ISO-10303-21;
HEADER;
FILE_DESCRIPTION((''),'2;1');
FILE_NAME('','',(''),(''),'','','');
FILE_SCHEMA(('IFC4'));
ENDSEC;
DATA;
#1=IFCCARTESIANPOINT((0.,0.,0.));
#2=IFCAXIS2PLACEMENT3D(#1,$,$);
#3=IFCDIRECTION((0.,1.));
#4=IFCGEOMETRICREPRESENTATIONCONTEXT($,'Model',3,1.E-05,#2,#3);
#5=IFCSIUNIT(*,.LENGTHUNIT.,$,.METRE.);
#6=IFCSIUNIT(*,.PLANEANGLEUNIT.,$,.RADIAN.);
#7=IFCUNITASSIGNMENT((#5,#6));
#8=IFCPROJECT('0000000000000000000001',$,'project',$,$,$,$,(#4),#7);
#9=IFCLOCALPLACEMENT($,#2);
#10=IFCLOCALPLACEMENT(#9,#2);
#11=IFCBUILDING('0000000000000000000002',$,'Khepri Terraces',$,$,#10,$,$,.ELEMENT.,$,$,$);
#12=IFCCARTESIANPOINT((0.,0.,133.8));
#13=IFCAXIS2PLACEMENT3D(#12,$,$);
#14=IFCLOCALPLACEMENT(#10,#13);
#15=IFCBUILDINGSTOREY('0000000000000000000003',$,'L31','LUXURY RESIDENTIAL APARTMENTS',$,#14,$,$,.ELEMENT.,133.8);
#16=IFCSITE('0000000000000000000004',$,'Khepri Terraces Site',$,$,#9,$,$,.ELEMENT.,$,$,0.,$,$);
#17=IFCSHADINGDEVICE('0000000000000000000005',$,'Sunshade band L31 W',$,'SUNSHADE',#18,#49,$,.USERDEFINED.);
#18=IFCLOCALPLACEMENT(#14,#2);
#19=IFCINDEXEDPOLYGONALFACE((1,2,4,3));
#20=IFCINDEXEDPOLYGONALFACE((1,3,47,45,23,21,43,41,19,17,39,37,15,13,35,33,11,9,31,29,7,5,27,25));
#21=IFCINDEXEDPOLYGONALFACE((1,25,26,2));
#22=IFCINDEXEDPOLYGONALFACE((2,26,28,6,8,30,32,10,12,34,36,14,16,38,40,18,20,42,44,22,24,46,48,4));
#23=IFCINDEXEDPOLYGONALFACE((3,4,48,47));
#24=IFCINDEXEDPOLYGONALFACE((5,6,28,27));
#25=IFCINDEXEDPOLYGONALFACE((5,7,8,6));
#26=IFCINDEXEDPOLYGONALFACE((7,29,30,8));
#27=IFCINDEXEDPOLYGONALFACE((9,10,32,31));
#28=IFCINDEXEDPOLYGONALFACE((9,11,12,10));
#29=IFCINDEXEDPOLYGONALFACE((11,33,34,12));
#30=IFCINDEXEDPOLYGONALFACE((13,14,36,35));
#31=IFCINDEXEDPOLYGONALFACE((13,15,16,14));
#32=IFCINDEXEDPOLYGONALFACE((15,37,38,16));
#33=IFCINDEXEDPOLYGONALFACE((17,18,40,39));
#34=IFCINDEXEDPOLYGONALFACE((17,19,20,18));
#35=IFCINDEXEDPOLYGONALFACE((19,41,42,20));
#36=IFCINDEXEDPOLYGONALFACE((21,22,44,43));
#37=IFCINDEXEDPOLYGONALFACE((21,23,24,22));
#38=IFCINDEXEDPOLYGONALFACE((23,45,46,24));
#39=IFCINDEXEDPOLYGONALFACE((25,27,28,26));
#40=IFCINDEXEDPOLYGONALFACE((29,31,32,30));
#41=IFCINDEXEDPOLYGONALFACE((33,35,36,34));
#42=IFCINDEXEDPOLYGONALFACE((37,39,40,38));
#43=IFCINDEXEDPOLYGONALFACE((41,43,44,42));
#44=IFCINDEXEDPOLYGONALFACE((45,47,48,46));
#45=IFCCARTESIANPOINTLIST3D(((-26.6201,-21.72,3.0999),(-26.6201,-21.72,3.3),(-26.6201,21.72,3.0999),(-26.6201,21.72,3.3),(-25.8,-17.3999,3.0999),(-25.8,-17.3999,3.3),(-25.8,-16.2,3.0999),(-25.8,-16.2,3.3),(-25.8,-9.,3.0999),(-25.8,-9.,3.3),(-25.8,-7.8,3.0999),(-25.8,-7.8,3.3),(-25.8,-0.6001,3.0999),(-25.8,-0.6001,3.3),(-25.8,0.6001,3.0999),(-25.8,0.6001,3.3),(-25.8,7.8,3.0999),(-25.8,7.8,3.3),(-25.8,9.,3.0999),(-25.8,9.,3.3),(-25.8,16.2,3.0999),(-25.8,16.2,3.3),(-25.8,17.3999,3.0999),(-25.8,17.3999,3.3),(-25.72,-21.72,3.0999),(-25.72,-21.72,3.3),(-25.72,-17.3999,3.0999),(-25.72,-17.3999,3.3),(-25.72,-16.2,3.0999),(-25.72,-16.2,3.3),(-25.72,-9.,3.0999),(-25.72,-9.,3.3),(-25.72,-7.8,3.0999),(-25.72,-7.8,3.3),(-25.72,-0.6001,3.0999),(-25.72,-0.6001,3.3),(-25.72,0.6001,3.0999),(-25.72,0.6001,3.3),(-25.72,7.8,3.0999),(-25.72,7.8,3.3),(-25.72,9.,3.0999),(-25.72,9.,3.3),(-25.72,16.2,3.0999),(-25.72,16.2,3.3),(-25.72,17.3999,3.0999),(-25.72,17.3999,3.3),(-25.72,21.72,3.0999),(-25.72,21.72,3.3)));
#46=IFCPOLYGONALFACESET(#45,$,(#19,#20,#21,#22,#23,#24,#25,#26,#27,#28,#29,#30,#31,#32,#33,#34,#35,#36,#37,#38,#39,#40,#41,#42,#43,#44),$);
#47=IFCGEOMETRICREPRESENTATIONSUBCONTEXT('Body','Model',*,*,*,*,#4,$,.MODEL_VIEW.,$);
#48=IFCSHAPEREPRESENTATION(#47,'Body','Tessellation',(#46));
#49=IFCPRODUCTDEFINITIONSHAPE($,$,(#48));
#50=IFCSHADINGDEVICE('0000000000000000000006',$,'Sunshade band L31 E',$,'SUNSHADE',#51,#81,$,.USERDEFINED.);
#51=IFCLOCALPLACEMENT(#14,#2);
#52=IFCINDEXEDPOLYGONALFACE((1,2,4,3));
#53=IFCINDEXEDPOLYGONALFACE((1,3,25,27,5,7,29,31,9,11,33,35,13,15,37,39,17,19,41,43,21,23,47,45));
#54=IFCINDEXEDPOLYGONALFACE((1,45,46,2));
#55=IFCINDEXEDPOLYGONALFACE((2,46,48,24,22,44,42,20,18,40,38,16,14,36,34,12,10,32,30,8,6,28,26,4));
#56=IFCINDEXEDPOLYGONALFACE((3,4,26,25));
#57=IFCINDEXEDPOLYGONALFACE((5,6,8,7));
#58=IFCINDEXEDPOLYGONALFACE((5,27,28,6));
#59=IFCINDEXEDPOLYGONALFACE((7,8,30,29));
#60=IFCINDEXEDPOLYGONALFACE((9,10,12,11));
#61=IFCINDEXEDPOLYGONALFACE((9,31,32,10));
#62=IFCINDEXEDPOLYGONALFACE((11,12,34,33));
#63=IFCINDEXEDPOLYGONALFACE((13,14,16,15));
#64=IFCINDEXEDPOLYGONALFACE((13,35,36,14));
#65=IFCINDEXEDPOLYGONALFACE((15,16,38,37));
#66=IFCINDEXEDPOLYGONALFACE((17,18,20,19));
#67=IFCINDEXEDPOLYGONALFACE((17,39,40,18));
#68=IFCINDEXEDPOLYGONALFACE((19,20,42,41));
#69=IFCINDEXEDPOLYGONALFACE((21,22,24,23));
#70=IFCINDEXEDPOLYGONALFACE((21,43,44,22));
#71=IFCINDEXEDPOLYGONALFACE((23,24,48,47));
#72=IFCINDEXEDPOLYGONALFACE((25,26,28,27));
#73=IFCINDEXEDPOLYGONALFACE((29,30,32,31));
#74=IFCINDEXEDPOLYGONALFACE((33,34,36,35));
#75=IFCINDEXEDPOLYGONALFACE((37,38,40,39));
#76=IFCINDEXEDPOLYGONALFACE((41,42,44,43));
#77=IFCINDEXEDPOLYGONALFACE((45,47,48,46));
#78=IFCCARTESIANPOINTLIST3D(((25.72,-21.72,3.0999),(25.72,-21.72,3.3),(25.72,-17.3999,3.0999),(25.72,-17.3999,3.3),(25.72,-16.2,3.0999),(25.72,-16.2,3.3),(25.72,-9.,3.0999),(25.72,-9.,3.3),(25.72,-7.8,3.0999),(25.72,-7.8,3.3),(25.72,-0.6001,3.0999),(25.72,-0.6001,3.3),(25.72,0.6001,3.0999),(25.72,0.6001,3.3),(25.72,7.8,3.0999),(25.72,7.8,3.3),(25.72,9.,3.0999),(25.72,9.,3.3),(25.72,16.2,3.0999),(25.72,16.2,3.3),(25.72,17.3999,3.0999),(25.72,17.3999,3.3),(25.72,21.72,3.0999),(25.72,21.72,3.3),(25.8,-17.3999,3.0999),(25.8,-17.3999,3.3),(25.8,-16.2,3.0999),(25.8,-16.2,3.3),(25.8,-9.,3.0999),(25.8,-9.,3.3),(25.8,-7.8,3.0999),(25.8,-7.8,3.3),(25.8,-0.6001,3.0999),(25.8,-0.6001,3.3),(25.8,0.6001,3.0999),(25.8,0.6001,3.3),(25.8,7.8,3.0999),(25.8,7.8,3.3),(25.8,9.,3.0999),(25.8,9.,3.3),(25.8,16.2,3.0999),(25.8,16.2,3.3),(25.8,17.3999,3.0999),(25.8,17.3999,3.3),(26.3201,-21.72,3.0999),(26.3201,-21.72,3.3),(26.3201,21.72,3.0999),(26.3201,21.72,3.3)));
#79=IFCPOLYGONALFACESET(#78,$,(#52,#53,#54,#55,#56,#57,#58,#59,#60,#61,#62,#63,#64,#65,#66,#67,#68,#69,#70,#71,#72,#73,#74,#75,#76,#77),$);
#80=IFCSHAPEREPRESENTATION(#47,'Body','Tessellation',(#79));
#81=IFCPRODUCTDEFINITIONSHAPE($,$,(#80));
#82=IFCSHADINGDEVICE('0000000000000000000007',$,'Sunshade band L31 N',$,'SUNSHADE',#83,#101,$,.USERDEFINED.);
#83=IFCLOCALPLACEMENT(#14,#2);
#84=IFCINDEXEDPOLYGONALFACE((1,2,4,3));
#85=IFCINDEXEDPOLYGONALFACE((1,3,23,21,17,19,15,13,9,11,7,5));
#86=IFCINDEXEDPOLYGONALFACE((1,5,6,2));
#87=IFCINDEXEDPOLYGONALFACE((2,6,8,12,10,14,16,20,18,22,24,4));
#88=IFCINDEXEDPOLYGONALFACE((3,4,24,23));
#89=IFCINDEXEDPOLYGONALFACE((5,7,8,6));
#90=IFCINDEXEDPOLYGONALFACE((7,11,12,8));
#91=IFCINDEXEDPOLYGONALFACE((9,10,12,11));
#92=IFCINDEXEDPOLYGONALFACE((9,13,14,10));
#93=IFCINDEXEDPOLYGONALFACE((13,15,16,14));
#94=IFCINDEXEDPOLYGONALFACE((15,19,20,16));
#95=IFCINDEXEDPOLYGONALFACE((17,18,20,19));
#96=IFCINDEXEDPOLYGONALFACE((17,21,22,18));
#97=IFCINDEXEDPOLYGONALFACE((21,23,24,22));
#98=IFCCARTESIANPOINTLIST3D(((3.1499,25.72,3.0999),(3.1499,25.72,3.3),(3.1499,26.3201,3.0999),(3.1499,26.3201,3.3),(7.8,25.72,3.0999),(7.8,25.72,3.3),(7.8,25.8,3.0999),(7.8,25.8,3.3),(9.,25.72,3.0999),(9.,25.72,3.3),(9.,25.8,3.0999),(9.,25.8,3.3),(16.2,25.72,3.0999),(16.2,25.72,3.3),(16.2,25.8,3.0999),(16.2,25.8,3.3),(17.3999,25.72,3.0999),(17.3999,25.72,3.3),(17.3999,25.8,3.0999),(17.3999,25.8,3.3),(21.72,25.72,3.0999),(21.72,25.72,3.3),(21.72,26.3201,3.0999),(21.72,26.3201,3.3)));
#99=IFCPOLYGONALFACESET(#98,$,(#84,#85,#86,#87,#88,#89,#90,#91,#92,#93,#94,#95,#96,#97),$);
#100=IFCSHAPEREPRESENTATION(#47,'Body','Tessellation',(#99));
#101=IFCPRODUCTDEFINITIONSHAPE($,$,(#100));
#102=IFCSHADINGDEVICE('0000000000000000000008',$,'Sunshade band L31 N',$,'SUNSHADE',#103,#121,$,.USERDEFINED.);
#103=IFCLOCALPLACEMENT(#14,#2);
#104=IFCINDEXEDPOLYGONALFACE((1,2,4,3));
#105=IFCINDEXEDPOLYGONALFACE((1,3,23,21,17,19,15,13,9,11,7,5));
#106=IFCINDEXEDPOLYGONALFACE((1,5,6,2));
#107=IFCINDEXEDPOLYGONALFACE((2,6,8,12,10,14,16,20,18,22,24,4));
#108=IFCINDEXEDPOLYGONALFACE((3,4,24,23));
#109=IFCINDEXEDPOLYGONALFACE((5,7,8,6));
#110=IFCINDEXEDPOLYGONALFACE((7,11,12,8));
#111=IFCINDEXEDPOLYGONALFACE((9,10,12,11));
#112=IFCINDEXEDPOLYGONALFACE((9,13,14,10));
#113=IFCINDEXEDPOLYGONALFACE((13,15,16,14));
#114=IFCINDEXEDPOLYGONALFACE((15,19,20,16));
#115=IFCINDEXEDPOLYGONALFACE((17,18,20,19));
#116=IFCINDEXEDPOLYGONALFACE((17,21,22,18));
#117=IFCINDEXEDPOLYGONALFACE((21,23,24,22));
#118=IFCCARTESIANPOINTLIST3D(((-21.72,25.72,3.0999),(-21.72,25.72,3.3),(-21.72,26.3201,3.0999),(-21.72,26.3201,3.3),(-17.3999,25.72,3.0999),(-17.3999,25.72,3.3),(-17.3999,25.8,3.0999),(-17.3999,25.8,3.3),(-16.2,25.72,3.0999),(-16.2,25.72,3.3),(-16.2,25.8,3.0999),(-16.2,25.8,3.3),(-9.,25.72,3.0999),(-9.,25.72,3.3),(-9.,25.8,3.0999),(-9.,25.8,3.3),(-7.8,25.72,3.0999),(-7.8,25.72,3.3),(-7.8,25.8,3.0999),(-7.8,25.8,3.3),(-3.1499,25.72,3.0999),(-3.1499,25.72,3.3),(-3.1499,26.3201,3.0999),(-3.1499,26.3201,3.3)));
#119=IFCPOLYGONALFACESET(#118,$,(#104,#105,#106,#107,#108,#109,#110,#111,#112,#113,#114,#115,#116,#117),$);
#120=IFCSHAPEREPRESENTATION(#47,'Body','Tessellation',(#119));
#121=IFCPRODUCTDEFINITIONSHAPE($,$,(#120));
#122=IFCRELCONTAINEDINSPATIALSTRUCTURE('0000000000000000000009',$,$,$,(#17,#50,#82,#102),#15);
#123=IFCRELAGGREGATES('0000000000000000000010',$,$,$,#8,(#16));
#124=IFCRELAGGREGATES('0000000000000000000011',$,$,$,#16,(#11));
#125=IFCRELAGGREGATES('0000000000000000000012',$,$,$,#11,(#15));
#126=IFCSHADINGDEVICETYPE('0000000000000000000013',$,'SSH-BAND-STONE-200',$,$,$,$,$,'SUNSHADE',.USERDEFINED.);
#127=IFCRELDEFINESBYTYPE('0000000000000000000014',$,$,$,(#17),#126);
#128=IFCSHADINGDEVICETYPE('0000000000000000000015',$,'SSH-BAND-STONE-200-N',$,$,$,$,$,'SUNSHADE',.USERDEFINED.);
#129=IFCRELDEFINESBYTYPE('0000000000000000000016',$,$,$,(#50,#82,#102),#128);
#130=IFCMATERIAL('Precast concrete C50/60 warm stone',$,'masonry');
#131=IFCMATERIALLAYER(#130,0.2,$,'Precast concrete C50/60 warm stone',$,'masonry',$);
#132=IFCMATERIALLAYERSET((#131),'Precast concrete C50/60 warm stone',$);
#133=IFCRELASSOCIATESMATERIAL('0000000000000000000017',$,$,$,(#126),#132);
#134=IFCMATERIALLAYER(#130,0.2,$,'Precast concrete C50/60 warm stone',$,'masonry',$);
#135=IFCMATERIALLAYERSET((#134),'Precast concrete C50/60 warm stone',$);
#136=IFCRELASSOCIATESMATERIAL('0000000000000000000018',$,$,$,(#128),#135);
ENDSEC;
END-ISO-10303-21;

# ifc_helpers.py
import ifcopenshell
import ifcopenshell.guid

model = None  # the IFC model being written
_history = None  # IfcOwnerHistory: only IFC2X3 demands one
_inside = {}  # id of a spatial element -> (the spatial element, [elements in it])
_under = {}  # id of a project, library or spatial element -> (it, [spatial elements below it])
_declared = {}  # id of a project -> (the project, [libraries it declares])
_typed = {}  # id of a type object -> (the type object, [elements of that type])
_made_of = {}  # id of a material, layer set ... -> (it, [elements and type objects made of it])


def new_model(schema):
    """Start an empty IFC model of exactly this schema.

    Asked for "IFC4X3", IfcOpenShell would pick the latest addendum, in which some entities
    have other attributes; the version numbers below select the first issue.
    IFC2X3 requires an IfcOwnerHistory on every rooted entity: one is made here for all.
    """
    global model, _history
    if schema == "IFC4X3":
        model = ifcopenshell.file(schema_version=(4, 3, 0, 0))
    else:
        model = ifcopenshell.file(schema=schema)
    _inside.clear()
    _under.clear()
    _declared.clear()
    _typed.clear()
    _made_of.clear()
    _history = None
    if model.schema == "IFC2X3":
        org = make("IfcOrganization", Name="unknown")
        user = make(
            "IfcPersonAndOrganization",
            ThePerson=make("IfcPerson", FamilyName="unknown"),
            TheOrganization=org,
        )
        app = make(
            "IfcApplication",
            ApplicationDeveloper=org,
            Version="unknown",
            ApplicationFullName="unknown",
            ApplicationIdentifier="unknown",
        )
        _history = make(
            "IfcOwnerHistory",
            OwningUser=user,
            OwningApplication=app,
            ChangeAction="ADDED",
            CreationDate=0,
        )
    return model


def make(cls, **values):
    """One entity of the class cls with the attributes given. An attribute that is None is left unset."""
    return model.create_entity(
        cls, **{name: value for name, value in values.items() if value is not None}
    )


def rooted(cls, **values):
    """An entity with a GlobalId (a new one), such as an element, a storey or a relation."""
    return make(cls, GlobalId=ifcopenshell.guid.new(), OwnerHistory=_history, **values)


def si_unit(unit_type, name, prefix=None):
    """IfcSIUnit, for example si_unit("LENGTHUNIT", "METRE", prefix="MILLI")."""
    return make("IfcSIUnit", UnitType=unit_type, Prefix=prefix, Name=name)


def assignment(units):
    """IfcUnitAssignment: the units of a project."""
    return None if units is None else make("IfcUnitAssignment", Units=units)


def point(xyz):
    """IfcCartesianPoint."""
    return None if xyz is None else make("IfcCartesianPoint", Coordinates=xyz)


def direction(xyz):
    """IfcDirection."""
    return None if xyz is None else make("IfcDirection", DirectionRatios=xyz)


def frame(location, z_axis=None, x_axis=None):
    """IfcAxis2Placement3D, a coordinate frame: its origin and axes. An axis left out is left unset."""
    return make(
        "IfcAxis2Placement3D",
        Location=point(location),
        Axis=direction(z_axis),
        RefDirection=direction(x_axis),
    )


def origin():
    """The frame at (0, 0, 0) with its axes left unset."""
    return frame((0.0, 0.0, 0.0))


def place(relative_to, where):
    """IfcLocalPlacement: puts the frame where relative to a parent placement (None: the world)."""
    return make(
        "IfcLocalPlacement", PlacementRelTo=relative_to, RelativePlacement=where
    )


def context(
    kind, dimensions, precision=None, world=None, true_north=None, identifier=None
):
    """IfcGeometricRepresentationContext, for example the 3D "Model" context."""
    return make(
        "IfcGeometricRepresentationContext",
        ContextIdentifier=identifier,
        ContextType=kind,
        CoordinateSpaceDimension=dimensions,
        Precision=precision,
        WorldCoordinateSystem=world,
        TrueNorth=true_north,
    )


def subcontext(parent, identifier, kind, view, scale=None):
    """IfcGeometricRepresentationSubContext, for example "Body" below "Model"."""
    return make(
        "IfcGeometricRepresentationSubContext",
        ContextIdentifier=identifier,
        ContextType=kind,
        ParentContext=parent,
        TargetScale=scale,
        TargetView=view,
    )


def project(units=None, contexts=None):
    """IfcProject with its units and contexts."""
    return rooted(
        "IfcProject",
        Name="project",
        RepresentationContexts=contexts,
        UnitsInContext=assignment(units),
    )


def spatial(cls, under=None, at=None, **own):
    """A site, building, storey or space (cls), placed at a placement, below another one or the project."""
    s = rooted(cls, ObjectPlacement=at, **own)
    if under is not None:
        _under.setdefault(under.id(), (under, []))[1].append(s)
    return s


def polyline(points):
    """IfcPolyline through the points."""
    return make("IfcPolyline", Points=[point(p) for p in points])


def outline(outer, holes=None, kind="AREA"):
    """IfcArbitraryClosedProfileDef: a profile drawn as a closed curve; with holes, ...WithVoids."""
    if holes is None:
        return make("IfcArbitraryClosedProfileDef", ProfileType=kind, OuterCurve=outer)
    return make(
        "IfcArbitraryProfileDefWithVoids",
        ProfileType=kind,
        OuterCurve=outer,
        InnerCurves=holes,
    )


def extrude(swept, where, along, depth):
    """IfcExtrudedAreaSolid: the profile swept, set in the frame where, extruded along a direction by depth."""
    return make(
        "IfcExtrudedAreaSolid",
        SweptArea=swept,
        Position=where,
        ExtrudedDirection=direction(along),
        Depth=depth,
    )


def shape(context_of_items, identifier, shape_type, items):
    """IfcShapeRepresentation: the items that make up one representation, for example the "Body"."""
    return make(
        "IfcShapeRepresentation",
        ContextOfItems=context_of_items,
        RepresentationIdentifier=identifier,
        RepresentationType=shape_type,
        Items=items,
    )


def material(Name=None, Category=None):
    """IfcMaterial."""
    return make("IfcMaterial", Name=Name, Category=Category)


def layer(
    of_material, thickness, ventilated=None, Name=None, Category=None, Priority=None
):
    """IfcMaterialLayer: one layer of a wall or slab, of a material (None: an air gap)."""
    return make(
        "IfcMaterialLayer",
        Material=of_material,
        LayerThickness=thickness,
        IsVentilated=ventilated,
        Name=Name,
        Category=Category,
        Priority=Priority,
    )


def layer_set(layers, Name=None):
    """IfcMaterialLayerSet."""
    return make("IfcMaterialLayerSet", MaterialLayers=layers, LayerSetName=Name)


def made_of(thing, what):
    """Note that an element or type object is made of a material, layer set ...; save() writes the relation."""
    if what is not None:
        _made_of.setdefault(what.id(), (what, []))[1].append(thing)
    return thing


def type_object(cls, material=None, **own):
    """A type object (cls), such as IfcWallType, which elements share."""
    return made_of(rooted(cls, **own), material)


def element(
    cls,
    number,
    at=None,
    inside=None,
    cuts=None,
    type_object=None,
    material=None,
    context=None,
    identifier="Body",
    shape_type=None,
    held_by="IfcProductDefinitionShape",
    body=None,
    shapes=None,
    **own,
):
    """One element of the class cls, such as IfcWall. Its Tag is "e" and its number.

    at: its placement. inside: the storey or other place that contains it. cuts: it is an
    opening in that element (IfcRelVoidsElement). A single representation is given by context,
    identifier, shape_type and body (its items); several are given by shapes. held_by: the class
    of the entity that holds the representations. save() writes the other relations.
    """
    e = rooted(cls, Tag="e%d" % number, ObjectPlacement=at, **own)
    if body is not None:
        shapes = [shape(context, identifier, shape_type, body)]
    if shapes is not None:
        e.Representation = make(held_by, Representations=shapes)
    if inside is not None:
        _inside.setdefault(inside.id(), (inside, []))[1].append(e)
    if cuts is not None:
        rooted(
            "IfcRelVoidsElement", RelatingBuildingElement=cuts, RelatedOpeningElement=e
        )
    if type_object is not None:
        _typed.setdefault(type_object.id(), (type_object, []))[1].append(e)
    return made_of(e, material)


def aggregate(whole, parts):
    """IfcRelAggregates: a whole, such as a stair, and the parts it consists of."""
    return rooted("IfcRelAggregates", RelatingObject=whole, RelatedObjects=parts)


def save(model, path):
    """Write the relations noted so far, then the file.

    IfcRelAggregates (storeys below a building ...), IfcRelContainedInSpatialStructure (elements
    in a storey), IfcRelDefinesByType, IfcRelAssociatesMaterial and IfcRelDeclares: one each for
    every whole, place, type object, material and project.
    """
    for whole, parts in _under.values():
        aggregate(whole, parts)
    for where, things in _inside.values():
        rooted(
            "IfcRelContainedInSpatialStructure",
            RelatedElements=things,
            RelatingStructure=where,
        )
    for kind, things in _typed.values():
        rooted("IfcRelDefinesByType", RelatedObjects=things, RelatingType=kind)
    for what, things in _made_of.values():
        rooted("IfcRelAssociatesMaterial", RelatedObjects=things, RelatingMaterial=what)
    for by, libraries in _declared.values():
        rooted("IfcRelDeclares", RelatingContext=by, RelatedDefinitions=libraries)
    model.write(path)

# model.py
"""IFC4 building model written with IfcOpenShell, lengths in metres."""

from ifc_helpers import new_model, si_unit, direction, frame, origin, place, context, subcontext, project, spatial, polyline, outline, extrude, material, layer, layer_set, type_object, element, save


model = new_model("IFC4")

# Units and contexts
model_context = context("Model", 3, precision=1e-05, world=origin(), true_north=direction((0.0, 1.0)))
body_context = subcontext(model_context, "Body", "Model", "MODEL_VIEW")
ifc_project = project(units=[si_unit("LENGTHUNIT", "METRE"), si_unit("PLANEANGLEUNIT", "RADIAN")], contexts=[model_context])

# Site, building, storey
site_placement = place(None, origin())
site = spatial("IfcSite", under=ifc_project, at=site_placement, Name="Khepri Terraces Site", CompositionType="ELEMENT", RefElevation=0.0)
building_placement = place(site_placement, origin())
building = spatial("IfcBuilding", under=site, at=building_placement, Name="Khepri Terraces", CompositionType="ELEMENT")
storey_placement = place(building_placement, frame((0.0, 0.0, 133.8)))
storey = spatial("IfcBuildingStorey", under=building, at=storey_placement, Name="L31", Description="LUXURY RESIDENTIAL APARTMENTS", CompositionType="ELEMENT", Elevation=133.8)

# Shared definitions
ifc_material_1 = material(Name="Precast concrete C50/60 warm stone", Category="masonry")

# Shading devices
ifc_layer_1 = layer(ifc_material_1, 0.2, Name="Precast concrete C50/60 warm stone", Category="masonry")
ifc_layer_set_1 = layer_set([ifc_layer_1], Name="Precast concrete C50/60 warm stone")
shading_device_type_1 = type_object("IfcShadingDeviceType", Name="SSH-BAND-STONE-200", ElementType="SUNSHADE", PredefinedType="USERDEFINED", material=ifc_layer_set_1)
shading_device_1_placement = place(storey_placement, frame((0.0, 0.0, 3.0999)))
element("IfcShadingDevice", 1, at=shading_device_1_placement, inside=storey, type_object=shading_device_type_1, Name="Sunshade band L31 W", ObjectType="SUNSHADE", PredefinedType="USERDEFINED", context=body_context, shape_type="SweptSolid", body=[
    extrude(outline(polyline([(-25.72, 17.3999), (-25.72, 21.72), (-26.6201, 21.72), (-26.6201, -21.72), (-25.72, -21.72), (-25.72, -17.3999), (-25.8, -17.3999), (-25.8, -16.2), (-25.72, -16.2), (-25.72, -9.0), (-25.8, -9.0), (-25.8, -7.8), (-25.72, -7.8), (-25.72, -0.6001), (-25.8, -0.6001), (-25.8, 0.6001), (-25.72, 0.6001), (-25.72, 7.8), (-25.8, 7.8), (-25.8, 9.0), (-25.72, 9.0), (-25.72, 16.2), (-25.8, 16.2), (-25.8, 17.3999), (-25.72, 17.3999)])), origin(), (0.0, 0.0, 1.0), 0.2002),
])
ifc_layer_2 = layer(ifc_material_1, 0.2, Name="Precast concrete C50/60 warm stone", Category="masonry")
ifc_layer_set_2 = layer_set([ifc_layer_2], Name="Precast concrete C50/60 warm stone")
shading_device_type_2 = type_object("IfcShadingDeviceType", Name="SSH-BAND-STONE-200-N", ElementType="SUNSHADE", PredefinedType="USERDEFINED", material=ifc_layer_set_2)
shading_device_2_placement = place(storey_placement, frame((0.0, 0.0, 3.0999)))
element("IfcShadingDevice", 2, at=shading_device_2_placement, inside=storey, type_object=shading_device_type_2, Name="Sunshade band L31 E", ObjectType="SUNSHADE", PredefinedType="USERDEFINED", context=body_context, shape_type="SweptSolid", body=[
    extrude(outline(polyline([(25.72, -17.3999), (25.72, -21.72), (26.3201, -21.72), (26.3201, 21.72), (25.72, 21.72), (25.72, 17.3999), (25.8, 17.3999), (25.8, 16.2), (25.72, 16.2), (25.72, 9.0), (25.8, 9.0), (25.8, 7.8), (25.72, 7.8), (25.72, 0.6001), (25.8, 0.6001), (25.8, -0.6001), (25.72, -0.6001), (25.72, -7.8), (25.8, -7.8), (25.8, -9.0), (25.72, -9.0), (25.72, -16.2), (25.8, -16.2), (25.8, -17.3999), (25.72, -17.3999)])), origin(), (0.0, 0.0, 1.0), 0.2002),
])
shading_device_3_placement = place(storey_placement, frame((0.0, 0.0, 3.0999)))
element("IfcShadingDevice", 3, at=shading_device_3_placement, inside=storey, type_object=shading_device_type_2, Name="Sunshade band L31 N", ObjectType="SUNSHADE", PredefinedType="USERDEFINED", context=body_context, shape_type="SweptSolid", body=[
    extrude(outline(polyline([(17.3999, 25.72), (21.72, 25.72), (21.72, 26.3201), (3.1499, 26.3201), (3.1499, 25.72), (7.8, 25.72), (7.8, 25.8), (9.0, 25.8), (9.0, 25.72), (16.2, 25.72), (16.2, 25.8), (17.3999, 25.8), (17.3999, 25.72)])), origin(), (0.0, 0.0, 1.0), 0.2002),
])
shading_device_4_placement = place(storey_placement, frame((0.0, 0.0, 3.0999)))
element("IfcShadingDevice", 4, at=shading_device_4_placement, inside=storey, type_object=shading_device_type_2, Name="Sunshade band L31 N", ObjectType="SUNSHADE", PredefinedType="USERDEFINED", context=body_context, shape_type="SweptSolid", body=[
    extrude(outline(polyline([(-7.8, 25.72), (-3.1499, 25.72), (-3.1499, 26.3201), (-21.72, 26.3201), (-21.72, 25.72), (-17.3999, 25.72), (-17.3999, 25.8), (-16.2, 25.8), (-16.2, 25.72), (-9.0, 25.72), (-9.0, 25.8), (-7.8, 25.8), (-7.8, 25.72)])), origin(), (0.0, 0.0, 1.0), 0.2002),
])

save(model, "model.ifc")
